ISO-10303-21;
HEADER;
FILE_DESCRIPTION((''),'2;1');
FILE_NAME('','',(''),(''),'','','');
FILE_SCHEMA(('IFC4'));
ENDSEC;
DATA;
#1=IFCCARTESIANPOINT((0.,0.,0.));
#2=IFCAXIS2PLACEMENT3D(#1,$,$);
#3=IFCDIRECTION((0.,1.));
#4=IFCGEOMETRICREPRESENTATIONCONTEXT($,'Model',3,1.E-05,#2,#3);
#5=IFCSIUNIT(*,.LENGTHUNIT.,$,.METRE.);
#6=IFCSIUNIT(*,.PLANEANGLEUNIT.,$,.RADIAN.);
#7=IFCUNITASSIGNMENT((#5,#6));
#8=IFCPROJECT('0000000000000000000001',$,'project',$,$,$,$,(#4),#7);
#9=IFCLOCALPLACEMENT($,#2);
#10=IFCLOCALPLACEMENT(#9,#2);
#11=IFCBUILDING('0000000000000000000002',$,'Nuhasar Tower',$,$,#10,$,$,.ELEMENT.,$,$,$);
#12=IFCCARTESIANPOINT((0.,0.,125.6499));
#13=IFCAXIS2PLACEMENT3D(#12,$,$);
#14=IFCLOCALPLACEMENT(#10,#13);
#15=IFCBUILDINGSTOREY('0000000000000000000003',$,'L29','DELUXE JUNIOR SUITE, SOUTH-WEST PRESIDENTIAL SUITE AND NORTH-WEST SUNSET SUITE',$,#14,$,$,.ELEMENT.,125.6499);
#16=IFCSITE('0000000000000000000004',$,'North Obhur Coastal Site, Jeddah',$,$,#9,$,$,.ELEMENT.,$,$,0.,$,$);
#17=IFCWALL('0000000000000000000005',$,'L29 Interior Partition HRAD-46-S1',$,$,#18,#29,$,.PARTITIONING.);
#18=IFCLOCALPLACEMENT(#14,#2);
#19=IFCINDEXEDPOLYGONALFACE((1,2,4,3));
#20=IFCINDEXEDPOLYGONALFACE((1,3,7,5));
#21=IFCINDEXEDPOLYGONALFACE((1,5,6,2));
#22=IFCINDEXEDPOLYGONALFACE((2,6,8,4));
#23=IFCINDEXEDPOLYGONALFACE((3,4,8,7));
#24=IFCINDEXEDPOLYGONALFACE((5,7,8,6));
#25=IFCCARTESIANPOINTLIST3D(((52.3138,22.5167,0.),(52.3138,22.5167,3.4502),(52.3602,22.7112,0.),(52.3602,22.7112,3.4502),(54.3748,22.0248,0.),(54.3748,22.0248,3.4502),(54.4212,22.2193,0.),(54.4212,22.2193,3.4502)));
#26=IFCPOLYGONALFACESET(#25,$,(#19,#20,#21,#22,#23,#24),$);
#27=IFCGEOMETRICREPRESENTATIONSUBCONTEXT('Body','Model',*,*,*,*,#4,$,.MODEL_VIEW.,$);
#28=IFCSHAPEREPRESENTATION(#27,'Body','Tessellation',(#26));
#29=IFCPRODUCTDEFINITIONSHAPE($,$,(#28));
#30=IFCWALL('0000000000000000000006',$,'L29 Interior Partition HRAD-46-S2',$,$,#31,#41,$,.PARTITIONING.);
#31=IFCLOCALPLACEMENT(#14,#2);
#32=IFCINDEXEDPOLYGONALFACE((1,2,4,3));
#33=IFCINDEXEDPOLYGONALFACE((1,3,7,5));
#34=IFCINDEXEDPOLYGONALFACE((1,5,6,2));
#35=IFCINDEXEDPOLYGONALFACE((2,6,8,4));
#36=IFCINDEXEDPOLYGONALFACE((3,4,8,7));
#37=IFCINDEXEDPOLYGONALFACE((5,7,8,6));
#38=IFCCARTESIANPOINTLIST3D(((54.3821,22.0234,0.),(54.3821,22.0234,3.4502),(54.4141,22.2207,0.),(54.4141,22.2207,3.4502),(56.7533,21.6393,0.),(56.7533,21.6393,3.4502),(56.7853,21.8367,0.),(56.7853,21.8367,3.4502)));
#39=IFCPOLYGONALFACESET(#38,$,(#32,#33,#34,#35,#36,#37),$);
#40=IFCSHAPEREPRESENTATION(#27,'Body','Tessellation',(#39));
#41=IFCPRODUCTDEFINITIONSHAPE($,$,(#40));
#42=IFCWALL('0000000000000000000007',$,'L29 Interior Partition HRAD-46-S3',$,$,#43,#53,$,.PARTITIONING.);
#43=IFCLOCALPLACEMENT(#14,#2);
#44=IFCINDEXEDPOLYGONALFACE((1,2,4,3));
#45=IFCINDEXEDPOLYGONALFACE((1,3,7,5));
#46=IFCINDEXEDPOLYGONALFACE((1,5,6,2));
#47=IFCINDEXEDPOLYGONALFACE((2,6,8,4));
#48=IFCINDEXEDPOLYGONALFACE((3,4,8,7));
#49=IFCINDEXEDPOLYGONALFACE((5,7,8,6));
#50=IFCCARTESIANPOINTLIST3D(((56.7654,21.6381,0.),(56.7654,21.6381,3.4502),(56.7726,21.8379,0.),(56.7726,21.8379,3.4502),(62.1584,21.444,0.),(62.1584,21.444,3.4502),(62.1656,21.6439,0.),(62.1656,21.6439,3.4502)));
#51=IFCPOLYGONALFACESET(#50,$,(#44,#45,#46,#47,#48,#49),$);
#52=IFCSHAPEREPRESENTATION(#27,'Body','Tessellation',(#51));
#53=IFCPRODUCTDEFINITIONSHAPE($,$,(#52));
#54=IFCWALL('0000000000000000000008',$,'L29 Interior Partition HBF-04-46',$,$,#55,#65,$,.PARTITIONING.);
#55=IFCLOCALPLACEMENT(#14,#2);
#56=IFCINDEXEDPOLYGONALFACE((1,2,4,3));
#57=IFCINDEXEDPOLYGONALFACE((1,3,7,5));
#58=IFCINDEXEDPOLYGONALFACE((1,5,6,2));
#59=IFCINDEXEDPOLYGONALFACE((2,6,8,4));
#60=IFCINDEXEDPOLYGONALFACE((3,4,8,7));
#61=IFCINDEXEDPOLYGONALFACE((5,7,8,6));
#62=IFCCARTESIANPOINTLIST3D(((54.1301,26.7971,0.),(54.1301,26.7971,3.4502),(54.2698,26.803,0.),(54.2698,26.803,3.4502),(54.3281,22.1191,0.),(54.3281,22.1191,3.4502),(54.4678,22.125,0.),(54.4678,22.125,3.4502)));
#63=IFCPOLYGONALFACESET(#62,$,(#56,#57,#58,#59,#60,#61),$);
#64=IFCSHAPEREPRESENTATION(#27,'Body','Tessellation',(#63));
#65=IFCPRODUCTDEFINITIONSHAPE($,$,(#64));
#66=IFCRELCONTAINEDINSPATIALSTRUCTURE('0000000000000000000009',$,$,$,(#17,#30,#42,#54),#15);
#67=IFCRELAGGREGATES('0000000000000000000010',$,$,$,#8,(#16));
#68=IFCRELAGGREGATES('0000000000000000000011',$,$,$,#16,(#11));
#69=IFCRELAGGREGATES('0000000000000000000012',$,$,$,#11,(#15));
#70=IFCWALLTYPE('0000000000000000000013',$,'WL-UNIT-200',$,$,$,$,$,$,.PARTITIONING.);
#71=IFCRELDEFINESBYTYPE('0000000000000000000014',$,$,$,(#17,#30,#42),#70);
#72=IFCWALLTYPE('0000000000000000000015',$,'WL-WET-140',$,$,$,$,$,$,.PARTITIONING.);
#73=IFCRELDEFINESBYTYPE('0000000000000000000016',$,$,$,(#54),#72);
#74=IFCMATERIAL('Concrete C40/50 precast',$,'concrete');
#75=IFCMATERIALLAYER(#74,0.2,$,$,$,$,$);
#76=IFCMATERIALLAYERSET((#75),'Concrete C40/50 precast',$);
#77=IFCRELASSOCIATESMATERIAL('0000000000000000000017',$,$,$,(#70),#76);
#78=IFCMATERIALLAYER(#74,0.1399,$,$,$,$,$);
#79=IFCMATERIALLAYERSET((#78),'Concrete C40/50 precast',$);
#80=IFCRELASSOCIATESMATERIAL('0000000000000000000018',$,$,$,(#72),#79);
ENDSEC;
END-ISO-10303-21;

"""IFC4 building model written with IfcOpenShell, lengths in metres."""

from ifc_helpers import new_model, si_unit, direction, frame, frame_2d, origin, place, context, subcontext, project, spatial, rectangle, extrude, material, layer, layer_set, type_object, element, save


model = new_model("IFC4")

# Units and contexts
model_context = context("Model", 3, precision=1e-05, world=origin(), true_north=direction((0.0, 1.0)))
body_context = subcontext(model_context, "Body", "Model", "MODEL_VIEW")
ifc_project = project(units=[si_unit("LENGTHUNIT", "METRE"), si_unit("PLANEANGLEUNIT", "RADIAN")], contexts=[model_context])

# Site, building, storey
site_placement = place(None, origin())
site = spatial("IfcSite", under=ifc_project, at=site_placement, Name="North Obhur Coastal Site, Jeddah", CompositionType="ELEMENT", RefElevation=0.0)
building_placement = place(site_placement, origin())
building = spatial("IfcBuilding", under=site, at=building_placement, Name="Nuhasar Tower", CompositionType="ELEMENT")
storey_placement = place(building_placement, frame((0.0, 0.0, 125.6499)))
storey = spatial("IfcBuildingStorey", under=building, at=storey_placement, Name="L29", Description="DELUXE JUNIOR SUITE, SOUTH-WEST PRESIDENTIAL SUITE AND NORTH-WEST SUNSET SUITE", CompositionType="ELEMENT", Elevation=125.6499)

# Walls
ifc_material_1 = material(Name="Concrete C40/50 precast", Category="concrete")
ifc_layer_1 = layer(ifc_material_1, 0.2)
ifc_layer_set_1 = layer_set([ifc_layer_1], Name="Concrete C40/50 precast")
wall_type_1 = type_object("IfcWallType", Name="WL-UNIT-200", PredefinedType="PARTITIONING", material=ifc_layer_set_1)
wall_1_placement = place(storey_placement, frame((52.3369, 22.614, 0.0), z_axis=(0.0, 0.0, 1.0), x_axis=(0.972676, -0.232166, 0.0)))
element("IfcWall", 1, at=wall_1_placement, inside=storey, type_object=wall_type_1, Name="L29 Interior Partition HRAD-46-S1", PredefinedType="PARTITIONING", context=body_context, shape_type="SweptSolid", body=[
    extrude(rectangle(XDim=2.1189, YDim=0.2, at=frame_2d((1.0596, 0.0))), origin(), (0.0, 0.0, 1.0), 3.4502),
])
wall_2_placement = place(storey_placement, frame((54.3979, 22.1221, 0.0), z_axis=(0.0, 0.0, 1.0), x_axis=(0.987136, -0.159881, 0.0)))
element("IfcWall", 2, at=wall_2_placement, inside=storey, type_object=wall_type_1, Name="L29 Interior Partition HRAD-46-S2", PredefinedType="PARTITIONING", context=body_context, shape_type="SweptSolid", body=[
    extrude(rectangle(XDim=2.4021, YDim=0.2, at=frame_2d((1.2012, 0.0))), origin(), (0.0, 0.0, 1.0), 3.4502),
])
wall_3_placement = place(storey_placement, frame((56.769, 21.738, 0.0), z_axis=(0.0, 0.0, 1.0), x_axis=(0.999353, -0.035966, 0.0)))
element("IfcWall", 3, at=wall_3_placement, inside=storey, type_object=wall_type_1, Name="L29 Interior Partition HRAD-46-S3", PredefinedType="PARTITIONING", context=body_context, shape_type="SweptSolid", body=[
    extrude(rectangle(XDim=5.3965, YDim=0.2, at=frame_2d((2.6982, 0.0))), origin(), (0.0, 0.0, 1.0), 3.4502),
])
ifc_layer_2 = layer(ifc_material_1, 0.1399)
ifc_layer_set_2 = layer_set([ifc_layer_2], Name="Concrete C40/50 precast")
wall_type_2 = type_object("IfcWallType", Name="WL-WET-140", PredefinedType="PARTITIONING", material=ifc_layer_set_2)
wall_4_placement = place(storey_placement, frame((54.3979, 22.1221, 0.0), z_axis=(0.0, 0.0, 1.0), x_axis=(-0.042288, 0.999105, 0.0)))
element("IfcWall", 4, at=wall_4_placement, inside=storey, type_object=wall_type_2, Name="L29 Interior Partition HBF-04-46", PredefinedType="PARTITIONING", context=body_context, shape_type="SweptSolid", body=[
    extrude(rectangle(XDim=4.6821, YDim=0.1399, at=frame_2d((2.3411, 0.0))), origin(), (0.0, 0.0, 1.0), 3.4502),
])

save(model, "model.ifc")
